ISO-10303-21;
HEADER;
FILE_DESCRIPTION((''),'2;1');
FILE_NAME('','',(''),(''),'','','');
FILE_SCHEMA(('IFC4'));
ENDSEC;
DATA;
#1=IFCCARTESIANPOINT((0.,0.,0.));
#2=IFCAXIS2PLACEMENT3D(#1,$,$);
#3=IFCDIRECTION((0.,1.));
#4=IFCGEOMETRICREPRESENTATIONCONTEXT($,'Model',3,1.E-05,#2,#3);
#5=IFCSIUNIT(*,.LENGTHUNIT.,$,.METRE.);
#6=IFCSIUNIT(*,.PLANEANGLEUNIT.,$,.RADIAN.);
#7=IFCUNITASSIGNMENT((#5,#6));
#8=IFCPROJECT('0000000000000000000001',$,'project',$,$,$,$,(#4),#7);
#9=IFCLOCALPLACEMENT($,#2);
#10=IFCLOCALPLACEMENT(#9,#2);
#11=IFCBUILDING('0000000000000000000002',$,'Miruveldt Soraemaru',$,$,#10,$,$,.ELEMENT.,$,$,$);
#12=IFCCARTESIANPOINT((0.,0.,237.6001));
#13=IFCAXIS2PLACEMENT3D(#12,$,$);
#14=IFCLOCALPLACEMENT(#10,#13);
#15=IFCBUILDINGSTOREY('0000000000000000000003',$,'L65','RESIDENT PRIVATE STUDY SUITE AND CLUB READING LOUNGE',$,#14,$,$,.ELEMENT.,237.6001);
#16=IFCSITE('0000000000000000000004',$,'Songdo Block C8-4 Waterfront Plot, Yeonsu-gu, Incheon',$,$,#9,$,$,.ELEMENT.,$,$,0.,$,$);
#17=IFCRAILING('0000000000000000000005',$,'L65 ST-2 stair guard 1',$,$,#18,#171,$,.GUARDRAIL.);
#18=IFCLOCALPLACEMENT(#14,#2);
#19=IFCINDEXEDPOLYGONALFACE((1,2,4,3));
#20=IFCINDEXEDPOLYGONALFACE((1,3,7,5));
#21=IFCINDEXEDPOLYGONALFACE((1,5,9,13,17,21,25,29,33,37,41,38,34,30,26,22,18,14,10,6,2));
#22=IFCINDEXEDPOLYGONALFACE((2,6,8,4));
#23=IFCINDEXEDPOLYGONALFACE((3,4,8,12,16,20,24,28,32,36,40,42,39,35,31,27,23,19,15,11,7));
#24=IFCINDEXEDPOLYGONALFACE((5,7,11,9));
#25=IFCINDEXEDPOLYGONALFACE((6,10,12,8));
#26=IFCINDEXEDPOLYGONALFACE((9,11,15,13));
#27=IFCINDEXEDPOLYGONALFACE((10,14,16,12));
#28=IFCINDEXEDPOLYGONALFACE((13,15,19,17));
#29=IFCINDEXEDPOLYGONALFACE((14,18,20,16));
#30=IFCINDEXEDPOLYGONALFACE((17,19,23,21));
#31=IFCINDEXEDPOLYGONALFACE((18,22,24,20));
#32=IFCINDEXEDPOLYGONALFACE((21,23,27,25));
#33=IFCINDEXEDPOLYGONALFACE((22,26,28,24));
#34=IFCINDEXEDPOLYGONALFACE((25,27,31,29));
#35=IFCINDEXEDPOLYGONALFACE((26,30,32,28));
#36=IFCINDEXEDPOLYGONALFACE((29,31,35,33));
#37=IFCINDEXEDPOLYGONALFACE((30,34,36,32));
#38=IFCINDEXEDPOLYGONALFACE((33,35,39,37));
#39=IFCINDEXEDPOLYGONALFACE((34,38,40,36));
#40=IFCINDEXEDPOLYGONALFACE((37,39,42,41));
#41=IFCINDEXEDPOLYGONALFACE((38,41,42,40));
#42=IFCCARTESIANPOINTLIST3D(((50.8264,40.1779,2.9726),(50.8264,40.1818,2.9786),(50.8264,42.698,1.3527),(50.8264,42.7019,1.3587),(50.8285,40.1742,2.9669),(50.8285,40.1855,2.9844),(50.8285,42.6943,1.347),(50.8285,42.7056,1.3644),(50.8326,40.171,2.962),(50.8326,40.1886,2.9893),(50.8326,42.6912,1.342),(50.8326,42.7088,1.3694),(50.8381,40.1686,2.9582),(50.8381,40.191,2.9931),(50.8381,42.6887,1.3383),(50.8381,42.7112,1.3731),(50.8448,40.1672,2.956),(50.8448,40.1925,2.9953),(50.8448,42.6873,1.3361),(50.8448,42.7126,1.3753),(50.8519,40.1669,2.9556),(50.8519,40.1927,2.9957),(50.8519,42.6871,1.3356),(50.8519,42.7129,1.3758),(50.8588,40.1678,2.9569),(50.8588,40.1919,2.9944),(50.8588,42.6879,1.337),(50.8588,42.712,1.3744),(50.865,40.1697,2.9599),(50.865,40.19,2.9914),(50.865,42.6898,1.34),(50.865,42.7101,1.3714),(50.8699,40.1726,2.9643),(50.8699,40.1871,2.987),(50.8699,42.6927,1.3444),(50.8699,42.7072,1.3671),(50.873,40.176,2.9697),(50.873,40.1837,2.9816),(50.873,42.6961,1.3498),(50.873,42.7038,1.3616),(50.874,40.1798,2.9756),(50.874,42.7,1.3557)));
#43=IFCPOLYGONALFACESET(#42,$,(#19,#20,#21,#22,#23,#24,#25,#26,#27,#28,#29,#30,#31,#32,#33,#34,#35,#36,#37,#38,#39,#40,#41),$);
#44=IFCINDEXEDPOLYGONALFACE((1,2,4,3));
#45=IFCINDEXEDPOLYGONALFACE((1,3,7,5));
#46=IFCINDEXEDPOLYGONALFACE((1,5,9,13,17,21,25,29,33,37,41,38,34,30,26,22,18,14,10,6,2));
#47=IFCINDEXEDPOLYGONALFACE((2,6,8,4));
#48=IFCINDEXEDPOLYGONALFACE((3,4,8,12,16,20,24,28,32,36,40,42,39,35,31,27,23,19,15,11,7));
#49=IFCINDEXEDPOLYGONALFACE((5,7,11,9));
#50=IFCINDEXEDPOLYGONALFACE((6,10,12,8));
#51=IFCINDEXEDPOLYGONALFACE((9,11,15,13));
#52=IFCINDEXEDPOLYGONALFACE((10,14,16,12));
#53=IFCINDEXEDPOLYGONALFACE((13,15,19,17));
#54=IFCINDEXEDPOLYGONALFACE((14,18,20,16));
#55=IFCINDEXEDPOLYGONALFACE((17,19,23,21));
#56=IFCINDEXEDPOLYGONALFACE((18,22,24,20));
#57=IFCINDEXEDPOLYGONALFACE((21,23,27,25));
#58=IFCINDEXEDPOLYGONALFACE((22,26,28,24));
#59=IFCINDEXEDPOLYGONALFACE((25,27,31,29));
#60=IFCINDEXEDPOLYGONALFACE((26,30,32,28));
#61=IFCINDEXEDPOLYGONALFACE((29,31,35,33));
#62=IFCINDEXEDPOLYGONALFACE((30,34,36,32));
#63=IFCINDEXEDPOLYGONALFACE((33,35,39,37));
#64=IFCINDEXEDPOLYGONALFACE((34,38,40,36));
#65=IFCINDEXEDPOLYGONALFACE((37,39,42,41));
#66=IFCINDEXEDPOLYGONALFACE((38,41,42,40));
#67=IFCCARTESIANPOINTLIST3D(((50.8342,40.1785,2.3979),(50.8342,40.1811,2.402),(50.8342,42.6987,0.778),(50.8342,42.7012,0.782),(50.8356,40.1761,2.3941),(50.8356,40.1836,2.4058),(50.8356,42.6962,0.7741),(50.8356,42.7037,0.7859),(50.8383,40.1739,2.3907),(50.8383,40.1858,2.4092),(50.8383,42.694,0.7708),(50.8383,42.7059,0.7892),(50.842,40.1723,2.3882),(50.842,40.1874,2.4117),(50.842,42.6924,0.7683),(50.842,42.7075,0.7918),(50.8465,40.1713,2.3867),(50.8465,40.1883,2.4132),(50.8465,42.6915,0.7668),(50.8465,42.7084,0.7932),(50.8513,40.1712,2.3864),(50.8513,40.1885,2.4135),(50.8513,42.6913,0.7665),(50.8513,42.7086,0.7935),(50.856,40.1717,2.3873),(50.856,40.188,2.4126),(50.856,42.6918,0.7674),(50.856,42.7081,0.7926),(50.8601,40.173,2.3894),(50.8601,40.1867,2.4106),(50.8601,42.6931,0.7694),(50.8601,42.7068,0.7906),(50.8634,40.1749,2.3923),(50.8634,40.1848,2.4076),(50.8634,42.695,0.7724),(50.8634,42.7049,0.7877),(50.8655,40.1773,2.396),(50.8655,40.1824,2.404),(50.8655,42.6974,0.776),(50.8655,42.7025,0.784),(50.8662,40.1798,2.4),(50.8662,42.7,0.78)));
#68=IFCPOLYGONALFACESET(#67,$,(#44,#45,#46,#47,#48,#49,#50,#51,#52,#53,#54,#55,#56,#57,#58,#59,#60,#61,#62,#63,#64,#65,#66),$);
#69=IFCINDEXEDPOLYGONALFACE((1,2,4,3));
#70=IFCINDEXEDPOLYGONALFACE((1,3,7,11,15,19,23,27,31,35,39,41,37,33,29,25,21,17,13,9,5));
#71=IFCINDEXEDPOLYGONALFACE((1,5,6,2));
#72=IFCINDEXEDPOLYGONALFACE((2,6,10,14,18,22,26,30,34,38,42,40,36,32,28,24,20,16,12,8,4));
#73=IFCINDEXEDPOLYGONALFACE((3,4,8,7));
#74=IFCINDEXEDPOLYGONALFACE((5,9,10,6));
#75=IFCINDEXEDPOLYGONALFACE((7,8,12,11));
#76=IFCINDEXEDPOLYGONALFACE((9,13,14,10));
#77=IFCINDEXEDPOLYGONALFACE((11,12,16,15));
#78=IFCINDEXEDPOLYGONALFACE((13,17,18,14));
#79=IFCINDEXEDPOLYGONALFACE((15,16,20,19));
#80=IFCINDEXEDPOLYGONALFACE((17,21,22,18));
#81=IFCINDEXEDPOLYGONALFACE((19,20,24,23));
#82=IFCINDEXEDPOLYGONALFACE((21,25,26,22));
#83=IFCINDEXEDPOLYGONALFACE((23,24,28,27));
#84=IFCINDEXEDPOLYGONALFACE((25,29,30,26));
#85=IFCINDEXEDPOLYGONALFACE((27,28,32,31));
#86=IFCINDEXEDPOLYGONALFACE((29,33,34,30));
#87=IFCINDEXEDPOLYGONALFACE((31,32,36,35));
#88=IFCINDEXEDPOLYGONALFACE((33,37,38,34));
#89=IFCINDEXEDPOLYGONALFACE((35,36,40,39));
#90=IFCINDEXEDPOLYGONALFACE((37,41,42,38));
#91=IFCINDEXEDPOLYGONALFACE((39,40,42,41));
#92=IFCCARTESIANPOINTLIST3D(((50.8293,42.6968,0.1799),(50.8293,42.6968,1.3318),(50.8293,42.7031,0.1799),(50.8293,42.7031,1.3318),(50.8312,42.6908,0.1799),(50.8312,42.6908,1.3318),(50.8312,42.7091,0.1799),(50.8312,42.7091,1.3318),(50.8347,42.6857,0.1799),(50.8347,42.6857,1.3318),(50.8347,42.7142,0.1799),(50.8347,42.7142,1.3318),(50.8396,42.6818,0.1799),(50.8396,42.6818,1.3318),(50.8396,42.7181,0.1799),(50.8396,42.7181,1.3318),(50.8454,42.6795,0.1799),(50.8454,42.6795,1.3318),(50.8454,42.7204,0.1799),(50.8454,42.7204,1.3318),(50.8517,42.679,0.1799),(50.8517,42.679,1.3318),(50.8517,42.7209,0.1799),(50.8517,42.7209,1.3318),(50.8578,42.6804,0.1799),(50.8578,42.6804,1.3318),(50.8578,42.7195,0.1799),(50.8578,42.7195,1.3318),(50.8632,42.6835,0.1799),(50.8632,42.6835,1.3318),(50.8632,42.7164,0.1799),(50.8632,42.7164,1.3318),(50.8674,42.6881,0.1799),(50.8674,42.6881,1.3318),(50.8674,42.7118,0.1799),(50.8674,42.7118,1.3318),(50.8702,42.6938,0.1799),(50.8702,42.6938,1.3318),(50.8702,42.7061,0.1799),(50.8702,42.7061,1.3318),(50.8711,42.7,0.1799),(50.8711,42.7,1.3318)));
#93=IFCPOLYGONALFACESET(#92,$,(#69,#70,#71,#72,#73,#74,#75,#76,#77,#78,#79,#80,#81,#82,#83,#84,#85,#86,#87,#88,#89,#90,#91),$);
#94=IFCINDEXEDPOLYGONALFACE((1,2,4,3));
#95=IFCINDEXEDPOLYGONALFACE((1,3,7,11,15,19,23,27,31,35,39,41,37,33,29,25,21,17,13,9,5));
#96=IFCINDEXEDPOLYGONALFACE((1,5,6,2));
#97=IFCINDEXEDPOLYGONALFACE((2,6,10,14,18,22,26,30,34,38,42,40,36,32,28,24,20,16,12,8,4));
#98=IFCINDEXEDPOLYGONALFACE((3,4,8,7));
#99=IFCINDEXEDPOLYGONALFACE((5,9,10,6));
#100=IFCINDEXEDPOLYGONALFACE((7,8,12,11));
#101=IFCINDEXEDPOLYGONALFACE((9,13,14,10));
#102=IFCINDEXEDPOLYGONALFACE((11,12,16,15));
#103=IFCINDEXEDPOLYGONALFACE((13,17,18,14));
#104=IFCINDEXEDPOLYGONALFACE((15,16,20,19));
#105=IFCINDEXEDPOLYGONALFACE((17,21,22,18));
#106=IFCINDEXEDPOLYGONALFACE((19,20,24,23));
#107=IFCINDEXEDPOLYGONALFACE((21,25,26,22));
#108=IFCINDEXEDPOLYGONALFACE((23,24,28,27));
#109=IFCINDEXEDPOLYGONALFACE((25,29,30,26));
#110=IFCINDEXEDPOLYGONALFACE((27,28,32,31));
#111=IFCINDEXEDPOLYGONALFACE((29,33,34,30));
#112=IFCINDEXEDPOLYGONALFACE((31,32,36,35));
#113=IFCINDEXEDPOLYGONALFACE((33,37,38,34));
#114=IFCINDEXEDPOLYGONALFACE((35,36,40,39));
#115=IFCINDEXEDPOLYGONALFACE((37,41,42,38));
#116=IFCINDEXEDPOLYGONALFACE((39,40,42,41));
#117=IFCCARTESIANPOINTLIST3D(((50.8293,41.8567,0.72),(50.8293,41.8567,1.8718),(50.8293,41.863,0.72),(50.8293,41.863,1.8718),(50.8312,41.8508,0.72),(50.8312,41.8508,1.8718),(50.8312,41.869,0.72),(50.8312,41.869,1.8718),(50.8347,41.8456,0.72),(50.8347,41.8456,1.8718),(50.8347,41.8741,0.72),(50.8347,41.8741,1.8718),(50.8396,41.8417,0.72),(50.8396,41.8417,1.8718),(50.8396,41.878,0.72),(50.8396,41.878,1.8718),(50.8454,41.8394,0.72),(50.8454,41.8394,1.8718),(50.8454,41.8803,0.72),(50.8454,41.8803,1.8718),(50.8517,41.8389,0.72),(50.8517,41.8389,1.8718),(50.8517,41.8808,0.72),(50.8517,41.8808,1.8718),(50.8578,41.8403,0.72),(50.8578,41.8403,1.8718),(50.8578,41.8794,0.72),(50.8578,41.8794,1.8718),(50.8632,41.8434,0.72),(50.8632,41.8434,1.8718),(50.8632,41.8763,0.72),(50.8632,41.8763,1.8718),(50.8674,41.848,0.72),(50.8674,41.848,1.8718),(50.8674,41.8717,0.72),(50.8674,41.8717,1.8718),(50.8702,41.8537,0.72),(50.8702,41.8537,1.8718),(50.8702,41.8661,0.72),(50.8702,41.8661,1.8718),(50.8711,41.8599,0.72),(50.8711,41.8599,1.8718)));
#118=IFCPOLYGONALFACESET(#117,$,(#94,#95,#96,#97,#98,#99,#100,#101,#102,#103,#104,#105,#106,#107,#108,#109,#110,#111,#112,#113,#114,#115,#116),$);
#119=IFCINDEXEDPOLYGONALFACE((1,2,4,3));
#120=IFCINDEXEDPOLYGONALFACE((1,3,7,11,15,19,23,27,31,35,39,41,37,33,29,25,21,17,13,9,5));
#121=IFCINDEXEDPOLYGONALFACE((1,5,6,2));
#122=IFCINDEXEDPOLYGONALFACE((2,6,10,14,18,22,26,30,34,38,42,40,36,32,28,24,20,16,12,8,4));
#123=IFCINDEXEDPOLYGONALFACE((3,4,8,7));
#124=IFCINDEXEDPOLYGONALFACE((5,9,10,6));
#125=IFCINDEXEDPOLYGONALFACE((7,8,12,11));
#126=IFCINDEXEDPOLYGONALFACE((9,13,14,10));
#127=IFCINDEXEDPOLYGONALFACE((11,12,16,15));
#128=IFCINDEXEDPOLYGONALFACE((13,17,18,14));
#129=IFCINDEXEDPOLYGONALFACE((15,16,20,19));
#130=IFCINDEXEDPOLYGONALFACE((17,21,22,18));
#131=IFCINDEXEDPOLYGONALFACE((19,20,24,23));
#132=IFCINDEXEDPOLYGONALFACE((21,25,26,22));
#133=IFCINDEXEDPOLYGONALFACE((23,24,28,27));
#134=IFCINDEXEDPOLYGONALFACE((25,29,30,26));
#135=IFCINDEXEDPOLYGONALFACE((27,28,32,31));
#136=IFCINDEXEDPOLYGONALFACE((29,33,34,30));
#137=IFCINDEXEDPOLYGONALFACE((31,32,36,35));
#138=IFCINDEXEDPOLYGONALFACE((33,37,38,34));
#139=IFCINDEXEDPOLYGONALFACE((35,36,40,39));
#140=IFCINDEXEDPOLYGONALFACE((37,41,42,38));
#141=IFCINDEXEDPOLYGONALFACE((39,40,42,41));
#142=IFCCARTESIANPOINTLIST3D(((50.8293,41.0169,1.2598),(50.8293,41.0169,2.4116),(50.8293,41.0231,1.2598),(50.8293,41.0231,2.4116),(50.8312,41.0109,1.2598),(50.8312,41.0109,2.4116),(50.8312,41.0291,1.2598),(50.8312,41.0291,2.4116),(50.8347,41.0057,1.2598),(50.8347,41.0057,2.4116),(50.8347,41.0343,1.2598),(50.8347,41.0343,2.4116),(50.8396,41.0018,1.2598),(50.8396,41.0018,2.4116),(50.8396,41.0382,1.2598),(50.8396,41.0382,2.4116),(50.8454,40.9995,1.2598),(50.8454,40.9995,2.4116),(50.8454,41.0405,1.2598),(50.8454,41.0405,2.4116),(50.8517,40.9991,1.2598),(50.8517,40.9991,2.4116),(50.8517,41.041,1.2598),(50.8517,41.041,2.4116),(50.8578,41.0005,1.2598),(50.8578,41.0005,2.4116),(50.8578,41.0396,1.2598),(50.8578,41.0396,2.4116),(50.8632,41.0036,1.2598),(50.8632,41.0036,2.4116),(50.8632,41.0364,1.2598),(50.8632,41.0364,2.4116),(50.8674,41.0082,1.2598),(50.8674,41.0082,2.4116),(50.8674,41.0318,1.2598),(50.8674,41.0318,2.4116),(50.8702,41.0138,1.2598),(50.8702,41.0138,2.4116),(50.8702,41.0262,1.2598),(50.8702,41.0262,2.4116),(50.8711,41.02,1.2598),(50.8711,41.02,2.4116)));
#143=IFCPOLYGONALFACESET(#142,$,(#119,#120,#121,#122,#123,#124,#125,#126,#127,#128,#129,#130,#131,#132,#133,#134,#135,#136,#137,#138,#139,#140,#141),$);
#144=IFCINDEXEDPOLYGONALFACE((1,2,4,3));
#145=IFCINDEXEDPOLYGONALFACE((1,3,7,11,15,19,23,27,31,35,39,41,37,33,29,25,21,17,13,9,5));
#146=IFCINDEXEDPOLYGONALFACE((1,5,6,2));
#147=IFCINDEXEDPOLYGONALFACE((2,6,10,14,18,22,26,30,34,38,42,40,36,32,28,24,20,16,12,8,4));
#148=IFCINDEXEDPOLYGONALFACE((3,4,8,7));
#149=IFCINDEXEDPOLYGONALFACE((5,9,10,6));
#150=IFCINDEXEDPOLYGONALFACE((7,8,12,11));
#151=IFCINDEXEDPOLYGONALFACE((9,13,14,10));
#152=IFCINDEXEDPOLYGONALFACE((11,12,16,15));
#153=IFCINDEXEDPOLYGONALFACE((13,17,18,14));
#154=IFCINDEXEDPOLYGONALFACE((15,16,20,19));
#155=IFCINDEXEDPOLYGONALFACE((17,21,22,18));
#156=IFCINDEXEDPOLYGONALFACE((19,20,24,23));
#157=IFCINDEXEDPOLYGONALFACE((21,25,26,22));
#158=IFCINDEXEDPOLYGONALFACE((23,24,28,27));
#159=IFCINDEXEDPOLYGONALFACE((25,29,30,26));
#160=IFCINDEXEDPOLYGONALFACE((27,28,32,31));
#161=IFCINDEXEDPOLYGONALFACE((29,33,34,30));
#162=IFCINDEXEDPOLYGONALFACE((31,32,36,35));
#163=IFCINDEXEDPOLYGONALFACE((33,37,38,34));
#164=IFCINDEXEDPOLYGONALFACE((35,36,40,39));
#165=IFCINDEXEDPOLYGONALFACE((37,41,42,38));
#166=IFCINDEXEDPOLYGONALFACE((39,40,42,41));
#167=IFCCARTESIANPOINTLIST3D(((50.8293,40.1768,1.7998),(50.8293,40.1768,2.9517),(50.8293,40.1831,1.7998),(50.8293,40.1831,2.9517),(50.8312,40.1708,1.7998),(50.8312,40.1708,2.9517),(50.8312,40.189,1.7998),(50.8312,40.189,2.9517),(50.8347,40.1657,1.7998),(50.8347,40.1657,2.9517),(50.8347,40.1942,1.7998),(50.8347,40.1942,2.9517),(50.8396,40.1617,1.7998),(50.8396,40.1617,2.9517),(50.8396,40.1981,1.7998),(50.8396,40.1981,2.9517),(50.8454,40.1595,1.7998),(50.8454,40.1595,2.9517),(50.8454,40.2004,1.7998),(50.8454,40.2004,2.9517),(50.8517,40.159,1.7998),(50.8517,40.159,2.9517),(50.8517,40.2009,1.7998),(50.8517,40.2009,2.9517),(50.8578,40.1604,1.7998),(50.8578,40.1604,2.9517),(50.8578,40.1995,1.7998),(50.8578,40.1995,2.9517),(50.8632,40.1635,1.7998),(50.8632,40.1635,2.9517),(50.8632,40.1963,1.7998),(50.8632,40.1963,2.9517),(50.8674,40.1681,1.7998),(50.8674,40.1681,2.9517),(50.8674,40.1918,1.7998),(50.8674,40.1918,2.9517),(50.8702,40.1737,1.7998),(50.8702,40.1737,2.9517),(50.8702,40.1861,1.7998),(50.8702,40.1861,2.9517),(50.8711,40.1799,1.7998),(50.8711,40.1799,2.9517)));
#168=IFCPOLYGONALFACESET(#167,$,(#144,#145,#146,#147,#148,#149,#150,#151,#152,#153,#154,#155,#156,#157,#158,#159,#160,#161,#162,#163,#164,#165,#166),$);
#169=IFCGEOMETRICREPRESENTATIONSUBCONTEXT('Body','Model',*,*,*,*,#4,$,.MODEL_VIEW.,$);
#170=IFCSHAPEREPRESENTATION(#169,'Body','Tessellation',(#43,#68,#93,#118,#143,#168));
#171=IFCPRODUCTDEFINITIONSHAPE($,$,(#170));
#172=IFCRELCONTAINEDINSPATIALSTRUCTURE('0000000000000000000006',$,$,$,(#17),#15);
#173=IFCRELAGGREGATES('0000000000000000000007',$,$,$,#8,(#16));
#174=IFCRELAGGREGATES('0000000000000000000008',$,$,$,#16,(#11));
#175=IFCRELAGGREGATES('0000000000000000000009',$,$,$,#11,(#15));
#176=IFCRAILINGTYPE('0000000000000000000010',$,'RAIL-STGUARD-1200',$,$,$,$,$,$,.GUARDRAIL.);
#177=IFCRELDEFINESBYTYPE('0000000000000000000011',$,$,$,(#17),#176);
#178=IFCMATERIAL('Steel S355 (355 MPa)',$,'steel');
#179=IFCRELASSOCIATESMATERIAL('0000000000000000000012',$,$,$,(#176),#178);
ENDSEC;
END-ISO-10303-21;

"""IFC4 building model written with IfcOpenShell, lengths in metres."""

from ifc_helpers import new_model, si_unit, direction, frame, origin, origin_2d, place, context, subcontext, project, spatial, circle, extrude, material, type_object, element, save


model = new_model("IFC4")

# Units and contexts
model_context = context("Model", 3, precision=1e-05, world=origin(), true_north=direction((0.0, 1.0)))
body_context = subcontext(model_context, "Body", "Model", "MODEL_VIEW")
ifc_project = project(units=[si_unit("LENGTHUNIT", "METRE"), si_unit("PLANEANGLEUNIT", "RADIAN")], contexts=[model_context])

# Site, building, storey
site_placement = place(None, origin())
site = spatial("IfcSite", under=ifc_project, at=site_placement, Name="Songdo Block C8-4 Waterfront Plot, Yeonsu-gu, Incheon", CompositionType="ELEMENT", RefElevation=0.0)
building_placement = place(site_placement, origin())
building = spatial("IfcBuilding", under=site, at=building_placement, Name="Miruveldt Soraemaru", CompositionType="ELEMENT")
storey_placement = place(building_placement, frame((0.0, 0.0, 237.6001)))
storey = spatial("IfcBuildingStorey", under=building, at=storey_placement, Name="L65", Description="RESIDENT PRIVATE STUDY SUITE AND CLUB READING LOUNGE", CompositionType="ELEMENT", Elevation=237.6001)

# Railing
ifc_material_1 = material(Name="Steel S355 (355 MPa)", Category="steel")
railing_type_1 = type_object("IfcRailingType", Name="RAIL-STGUARD-1200", PredefinedType="GUARDRAIL", material=ifc_material_1)
railing_1_placement = place(storey_placement, frame((50.8501, 42.7, 0.1799)))
element("IfcRailing", 1, at=railing_1_placement, inside=storey, type_object=railing_type_1, Name="L65 ST-2 stair guard 1", PredefinedType="GUARDRAIL", context=body_context, shape_type="SweptSolid", body=[
    extrude(circle(Radius=0.0239, at=origin_2d()), frame((0.0, 0.0, 1.1758), z_axis=(0.0, -0.8412, 0.540725), x_axis=(1.0, 0.0, 0.0)), (0.0, 0.0, 1.0), 2.9958),
    extrude(circle(Radius=0.0161, at=origin_2d()), frame((0.0, 0.0, 0.6001), z_axis=(0.0, -0.8412, 0.540725), x_axis=(1.0, 0.0, 0.0)), (0.0, 0.0, 1.0), 2.9958),
    extrude(circle(Radius=0.021, at=origin_2d()), origin(), (0.0, 0.0, 1.0), 1.1519),
    extrude(circle(Radius=0.021, at=origin_2d()), frame((0.0, -0.8401, 0.54)), (0.0, 0.0, 1.0), 1.1519),
    extrude(circle(Radius=0.021, at=origin_2d()), frame((0.0, -1.6799, 1.0798)), (0.0, 0.0, 1.0), 1.1519),
    extrude(circle(Radius=0.021, at=origin_2d()), frame((0.0, -2.52, 1.6199)), (0.0, 0.0, 1.0), 1.1519),
])

save(model, "model.ifc")
